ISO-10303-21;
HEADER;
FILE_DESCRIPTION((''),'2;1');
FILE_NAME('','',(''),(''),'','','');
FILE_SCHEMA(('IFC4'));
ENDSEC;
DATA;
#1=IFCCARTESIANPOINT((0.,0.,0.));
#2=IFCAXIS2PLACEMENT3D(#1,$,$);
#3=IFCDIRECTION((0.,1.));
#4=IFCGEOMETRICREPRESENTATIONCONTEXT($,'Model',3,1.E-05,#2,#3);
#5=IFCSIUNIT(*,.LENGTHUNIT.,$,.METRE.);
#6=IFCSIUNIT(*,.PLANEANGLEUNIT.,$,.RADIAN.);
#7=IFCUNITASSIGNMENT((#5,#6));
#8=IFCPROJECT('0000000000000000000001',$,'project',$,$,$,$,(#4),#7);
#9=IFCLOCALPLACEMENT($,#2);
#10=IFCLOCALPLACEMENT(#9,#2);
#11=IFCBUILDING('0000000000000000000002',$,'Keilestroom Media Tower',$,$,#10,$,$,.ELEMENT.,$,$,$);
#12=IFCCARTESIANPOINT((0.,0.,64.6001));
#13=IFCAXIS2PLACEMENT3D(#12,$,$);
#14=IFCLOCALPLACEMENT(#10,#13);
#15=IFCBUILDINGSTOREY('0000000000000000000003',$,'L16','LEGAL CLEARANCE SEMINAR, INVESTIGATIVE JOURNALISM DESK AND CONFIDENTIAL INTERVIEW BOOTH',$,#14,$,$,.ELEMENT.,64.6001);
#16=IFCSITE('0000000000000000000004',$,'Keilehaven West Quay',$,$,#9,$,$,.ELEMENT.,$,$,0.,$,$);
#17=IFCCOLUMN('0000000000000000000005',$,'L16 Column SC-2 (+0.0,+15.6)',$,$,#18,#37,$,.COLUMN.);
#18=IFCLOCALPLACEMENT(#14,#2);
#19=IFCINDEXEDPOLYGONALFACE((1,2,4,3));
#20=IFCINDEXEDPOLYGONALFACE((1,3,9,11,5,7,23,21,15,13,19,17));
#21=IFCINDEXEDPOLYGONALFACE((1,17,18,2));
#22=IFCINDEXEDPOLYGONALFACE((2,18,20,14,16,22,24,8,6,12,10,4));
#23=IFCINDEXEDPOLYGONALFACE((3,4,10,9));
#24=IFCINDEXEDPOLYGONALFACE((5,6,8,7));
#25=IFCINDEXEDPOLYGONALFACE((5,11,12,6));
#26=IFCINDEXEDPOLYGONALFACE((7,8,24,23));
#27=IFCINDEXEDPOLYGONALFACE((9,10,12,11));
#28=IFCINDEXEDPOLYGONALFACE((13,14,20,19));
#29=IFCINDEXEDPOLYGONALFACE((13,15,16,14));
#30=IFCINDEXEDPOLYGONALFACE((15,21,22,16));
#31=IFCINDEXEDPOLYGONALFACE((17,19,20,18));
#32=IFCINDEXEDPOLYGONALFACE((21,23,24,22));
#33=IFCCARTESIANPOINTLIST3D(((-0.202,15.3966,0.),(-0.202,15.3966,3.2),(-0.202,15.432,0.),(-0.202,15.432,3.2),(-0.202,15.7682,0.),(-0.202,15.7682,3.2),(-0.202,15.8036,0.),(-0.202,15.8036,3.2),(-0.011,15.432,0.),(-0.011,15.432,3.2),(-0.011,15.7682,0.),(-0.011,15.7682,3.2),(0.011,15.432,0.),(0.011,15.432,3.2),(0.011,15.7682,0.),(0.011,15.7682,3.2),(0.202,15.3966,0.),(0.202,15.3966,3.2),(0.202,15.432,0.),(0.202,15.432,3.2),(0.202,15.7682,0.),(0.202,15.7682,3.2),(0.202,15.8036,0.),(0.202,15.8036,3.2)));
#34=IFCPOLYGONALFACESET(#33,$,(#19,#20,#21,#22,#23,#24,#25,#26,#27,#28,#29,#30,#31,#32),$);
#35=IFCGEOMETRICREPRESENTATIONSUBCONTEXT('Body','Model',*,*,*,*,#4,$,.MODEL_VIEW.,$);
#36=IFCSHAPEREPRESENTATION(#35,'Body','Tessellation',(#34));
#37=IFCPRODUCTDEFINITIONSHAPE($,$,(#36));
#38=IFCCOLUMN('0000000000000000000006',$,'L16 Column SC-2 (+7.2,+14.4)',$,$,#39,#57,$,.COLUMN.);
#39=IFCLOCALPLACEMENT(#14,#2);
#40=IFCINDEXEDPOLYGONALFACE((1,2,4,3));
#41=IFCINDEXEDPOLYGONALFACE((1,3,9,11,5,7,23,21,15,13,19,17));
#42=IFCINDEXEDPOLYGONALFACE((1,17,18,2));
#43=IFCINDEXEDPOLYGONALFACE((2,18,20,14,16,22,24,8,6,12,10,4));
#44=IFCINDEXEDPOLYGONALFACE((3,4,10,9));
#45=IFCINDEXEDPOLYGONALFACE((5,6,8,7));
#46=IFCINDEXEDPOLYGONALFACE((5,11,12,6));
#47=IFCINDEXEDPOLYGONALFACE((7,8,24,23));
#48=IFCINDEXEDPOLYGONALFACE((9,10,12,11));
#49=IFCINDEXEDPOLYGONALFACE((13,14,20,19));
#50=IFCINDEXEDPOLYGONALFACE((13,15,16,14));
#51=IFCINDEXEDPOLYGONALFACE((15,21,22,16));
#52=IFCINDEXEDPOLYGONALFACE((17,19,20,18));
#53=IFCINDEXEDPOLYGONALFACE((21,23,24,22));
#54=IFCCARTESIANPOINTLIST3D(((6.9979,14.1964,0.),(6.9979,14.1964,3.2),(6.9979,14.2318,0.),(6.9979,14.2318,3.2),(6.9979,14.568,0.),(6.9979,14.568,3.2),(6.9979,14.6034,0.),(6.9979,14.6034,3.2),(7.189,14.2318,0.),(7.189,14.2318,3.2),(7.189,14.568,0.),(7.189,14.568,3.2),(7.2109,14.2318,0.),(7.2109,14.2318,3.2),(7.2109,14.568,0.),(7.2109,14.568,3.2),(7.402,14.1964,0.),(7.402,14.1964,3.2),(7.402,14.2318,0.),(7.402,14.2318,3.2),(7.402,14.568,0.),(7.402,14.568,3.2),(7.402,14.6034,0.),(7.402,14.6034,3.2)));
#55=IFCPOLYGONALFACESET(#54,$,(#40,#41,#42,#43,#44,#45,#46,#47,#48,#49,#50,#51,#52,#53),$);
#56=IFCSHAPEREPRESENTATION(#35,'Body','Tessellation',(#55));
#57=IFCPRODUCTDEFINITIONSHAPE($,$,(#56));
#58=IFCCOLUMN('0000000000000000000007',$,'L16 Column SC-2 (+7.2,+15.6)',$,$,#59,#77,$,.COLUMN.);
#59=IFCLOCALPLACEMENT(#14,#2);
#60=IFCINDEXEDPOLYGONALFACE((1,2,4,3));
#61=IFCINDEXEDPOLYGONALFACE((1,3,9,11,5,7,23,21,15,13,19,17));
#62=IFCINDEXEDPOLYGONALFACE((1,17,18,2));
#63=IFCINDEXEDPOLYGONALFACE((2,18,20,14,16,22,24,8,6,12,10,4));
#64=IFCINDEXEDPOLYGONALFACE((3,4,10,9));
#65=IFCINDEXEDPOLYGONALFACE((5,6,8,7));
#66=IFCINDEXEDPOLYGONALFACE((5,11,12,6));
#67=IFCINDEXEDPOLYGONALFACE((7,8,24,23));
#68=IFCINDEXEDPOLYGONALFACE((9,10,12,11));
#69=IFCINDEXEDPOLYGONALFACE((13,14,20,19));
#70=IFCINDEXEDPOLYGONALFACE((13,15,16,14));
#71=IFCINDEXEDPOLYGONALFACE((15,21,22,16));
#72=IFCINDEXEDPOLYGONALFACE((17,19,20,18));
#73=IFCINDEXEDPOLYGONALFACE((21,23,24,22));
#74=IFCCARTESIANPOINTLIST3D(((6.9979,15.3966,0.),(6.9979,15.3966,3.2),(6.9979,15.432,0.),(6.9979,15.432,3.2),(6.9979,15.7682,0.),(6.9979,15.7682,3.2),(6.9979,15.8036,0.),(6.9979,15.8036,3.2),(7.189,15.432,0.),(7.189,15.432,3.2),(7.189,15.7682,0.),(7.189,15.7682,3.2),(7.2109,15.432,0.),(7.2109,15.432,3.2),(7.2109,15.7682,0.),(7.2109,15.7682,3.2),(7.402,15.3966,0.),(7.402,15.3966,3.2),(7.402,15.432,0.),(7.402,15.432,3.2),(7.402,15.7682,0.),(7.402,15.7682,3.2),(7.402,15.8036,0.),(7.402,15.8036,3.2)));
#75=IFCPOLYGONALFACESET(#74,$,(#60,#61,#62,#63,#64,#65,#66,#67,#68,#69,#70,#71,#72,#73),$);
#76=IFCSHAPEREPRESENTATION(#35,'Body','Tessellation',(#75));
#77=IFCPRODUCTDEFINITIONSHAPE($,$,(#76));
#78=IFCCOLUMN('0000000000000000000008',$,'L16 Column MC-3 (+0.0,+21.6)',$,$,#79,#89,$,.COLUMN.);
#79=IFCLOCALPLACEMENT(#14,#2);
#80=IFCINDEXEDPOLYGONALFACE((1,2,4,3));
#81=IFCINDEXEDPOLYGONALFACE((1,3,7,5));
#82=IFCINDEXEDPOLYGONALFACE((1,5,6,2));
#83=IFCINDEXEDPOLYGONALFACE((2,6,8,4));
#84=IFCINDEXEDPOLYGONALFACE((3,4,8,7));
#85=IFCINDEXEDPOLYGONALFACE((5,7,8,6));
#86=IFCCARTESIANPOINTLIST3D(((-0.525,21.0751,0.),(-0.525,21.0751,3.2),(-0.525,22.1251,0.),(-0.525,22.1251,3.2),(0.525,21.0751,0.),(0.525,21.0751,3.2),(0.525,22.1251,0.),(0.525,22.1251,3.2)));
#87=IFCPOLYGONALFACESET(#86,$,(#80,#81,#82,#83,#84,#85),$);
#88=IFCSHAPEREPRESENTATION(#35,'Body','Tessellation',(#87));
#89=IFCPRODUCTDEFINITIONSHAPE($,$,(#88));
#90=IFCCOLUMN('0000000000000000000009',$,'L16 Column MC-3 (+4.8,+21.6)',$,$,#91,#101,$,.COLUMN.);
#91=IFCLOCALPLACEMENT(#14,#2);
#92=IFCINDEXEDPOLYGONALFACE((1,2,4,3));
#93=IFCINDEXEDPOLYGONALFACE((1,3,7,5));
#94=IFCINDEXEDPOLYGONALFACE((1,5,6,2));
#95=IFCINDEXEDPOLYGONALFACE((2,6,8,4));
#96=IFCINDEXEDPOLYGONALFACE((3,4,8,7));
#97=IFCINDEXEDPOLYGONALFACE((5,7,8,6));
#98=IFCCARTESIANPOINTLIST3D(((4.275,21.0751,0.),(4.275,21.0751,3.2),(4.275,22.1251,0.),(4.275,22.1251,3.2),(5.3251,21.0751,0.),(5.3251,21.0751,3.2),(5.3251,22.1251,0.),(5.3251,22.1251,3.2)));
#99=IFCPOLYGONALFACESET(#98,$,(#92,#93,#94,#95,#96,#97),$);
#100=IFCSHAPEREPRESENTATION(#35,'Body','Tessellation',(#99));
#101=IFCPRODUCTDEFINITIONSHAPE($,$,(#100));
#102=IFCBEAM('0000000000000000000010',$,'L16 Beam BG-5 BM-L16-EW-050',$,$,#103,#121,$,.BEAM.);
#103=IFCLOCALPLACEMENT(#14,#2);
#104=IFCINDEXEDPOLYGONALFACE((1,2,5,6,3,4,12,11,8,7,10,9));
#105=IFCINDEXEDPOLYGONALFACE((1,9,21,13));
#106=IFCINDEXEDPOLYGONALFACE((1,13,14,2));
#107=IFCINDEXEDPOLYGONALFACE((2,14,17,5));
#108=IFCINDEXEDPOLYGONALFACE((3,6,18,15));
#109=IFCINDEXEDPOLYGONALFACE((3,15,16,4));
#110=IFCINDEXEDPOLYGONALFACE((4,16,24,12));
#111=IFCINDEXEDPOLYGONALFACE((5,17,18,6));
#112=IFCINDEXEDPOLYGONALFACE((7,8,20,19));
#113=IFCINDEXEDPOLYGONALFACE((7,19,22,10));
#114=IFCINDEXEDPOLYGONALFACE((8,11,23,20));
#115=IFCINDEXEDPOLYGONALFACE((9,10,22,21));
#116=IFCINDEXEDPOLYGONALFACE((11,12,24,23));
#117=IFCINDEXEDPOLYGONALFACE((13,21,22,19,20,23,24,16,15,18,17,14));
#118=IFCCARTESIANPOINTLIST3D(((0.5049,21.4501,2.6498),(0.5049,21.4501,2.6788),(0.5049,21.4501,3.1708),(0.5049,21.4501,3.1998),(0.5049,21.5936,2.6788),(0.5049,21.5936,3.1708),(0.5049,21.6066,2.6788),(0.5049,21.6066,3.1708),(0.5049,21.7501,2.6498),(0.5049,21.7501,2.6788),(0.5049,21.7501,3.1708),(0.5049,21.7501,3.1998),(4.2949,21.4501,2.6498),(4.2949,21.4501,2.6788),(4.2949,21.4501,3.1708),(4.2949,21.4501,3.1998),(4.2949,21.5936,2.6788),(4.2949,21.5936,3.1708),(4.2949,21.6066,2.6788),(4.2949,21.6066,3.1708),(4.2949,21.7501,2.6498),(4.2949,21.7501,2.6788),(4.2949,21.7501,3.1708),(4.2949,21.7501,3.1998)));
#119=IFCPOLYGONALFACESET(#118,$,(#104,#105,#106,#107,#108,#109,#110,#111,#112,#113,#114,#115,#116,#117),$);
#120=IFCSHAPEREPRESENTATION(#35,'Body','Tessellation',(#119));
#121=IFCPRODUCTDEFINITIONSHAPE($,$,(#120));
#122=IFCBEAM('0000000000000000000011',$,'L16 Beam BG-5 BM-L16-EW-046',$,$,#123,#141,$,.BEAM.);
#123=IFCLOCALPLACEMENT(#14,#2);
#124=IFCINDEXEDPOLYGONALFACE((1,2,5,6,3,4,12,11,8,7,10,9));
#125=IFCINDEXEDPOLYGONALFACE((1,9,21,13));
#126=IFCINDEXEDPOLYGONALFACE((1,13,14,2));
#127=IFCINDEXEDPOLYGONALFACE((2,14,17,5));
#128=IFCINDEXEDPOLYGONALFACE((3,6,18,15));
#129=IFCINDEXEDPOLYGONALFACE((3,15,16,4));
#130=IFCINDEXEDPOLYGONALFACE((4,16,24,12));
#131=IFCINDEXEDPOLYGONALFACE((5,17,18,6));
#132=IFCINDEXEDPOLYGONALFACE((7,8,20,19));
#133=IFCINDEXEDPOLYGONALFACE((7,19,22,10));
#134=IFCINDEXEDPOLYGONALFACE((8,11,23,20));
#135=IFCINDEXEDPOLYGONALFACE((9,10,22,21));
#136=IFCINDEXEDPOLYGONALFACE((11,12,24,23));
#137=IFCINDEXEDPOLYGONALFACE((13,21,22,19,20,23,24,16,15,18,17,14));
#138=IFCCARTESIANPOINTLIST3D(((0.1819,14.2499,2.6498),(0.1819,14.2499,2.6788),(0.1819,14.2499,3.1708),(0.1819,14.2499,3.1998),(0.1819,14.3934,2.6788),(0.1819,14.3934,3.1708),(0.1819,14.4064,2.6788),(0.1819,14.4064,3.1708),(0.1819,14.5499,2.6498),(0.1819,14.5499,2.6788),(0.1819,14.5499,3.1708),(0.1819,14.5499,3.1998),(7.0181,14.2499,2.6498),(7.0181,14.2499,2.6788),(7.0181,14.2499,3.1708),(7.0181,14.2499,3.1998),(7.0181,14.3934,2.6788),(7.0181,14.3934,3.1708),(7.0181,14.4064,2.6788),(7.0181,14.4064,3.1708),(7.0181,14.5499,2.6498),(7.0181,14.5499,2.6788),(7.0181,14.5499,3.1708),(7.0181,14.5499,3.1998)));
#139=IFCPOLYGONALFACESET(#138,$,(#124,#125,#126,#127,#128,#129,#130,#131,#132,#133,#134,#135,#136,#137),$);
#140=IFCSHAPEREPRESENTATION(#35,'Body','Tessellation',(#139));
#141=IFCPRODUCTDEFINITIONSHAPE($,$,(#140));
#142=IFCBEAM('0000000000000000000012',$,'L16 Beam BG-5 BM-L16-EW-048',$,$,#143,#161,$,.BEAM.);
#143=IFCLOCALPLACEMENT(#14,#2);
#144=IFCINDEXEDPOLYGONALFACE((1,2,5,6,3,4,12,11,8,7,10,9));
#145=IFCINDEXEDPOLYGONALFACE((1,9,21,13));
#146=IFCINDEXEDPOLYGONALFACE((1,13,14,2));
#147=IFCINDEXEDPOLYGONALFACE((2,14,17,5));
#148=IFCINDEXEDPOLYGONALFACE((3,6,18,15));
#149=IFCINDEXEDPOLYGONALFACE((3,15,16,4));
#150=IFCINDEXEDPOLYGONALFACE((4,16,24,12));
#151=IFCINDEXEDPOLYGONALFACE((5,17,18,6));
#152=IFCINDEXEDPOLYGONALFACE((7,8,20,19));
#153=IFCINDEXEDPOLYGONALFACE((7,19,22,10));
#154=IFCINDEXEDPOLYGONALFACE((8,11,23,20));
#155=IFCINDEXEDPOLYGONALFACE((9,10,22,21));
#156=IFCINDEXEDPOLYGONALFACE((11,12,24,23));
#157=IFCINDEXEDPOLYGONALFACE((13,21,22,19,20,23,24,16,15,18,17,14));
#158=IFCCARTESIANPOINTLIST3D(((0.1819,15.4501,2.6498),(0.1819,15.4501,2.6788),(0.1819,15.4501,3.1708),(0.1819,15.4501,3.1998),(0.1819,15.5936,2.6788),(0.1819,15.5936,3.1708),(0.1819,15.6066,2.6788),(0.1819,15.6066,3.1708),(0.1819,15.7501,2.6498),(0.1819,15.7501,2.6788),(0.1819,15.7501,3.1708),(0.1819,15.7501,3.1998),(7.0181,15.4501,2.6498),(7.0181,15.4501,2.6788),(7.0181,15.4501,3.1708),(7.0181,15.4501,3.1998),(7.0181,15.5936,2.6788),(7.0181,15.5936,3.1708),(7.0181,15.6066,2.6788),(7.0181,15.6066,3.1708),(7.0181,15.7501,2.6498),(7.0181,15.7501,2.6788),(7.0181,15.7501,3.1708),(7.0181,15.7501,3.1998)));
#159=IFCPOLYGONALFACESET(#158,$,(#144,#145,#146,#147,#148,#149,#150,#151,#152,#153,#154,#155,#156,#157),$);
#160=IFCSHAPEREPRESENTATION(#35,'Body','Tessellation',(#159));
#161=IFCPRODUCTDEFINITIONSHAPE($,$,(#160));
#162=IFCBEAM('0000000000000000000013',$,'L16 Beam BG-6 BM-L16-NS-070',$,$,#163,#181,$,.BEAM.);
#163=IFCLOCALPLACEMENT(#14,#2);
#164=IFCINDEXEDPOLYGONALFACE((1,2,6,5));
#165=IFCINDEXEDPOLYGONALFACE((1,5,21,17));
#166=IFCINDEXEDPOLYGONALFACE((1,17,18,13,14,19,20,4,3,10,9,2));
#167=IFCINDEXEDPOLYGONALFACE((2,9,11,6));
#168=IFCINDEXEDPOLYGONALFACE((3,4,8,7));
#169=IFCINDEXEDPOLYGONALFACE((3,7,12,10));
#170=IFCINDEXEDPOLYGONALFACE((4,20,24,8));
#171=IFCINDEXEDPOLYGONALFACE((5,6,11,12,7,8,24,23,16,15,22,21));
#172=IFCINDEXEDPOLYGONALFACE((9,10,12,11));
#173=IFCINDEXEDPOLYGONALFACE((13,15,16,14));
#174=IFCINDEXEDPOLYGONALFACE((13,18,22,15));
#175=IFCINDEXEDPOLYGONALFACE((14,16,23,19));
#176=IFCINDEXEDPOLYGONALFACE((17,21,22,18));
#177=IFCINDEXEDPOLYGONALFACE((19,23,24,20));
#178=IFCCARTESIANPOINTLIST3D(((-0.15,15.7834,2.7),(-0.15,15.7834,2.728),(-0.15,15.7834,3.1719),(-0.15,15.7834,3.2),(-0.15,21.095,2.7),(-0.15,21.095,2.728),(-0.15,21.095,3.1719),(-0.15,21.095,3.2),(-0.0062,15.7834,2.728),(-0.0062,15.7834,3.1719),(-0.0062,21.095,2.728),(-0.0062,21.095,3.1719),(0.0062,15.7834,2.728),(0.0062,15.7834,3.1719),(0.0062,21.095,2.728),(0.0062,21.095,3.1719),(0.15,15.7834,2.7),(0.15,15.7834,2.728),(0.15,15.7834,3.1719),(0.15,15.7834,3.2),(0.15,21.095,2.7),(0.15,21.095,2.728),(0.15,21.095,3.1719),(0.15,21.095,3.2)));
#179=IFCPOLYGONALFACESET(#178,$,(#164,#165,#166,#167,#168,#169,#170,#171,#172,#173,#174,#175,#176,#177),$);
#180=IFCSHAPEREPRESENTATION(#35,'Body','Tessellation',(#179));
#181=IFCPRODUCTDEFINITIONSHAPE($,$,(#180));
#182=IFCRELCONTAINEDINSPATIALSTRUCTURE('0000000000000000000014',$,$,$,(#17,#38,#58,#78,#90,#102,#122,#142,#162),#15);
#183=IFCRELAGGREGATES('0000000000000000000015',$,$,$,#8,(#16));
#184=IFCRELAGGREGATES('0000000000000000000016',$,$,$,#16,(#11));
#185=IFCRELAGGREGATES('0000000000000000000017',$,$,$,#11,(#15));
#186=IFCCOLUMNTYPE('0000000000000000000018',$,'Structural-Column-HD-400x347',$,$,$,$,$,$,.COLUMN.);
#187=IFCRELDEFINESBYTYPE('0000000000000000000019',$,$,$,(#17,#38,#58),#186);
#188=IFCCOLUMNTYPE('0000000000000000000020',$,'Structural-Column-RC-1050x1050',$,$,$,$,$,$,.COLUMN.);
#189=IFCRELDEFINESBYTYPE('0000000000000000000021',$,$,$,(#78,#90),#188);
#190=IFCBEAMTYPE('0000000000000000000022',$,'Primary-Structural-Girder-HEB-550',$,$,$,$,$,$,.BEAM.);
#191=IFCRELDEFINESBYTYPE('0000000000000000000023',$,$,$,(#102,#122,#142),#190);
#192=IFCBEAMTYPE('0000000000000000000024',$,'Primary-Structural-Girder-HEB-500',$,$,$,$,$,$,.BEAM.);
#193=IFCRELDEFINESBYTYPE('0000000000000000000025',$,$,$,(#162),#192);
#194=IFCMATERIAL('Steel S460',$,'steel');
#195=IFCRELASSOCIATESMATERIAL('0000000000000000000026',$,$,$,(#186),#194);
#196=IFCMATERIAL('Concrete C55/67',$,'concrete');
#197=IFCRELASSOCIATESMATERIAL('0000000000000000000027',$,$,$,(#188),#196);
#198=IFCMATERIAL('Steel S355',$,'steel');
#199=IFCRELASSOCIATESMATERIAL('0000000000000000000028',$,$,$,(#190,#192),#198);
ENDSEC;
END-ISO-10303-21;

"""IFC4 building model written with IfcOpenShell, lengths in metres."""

from ifc_helpers import new_model, si_unit, direction, frame, origin, origin_2d, place, context, subcontext, project, spatial, rectangle, i_section, extrude, source, transform, mapped, material, material_profile, profile_set, type_object, element, save


model = new_model("IFC4")

# Units and contexts
model_context = context("Model", 3, precision=1e-05, world=origin(), true_north=direction((0.0, 1.0)))
body_context = subcontext(model_context, "Body", "Model", "MODEL_VIEW")
ifc_project = project(units=[si_unit("LENGTHUNIT", "METRE"), si_unit("PLANEANGLEUNIT", "RADIAN")], contexts=[model_context])

# Site, building, storey
site_placement = place(None, origin())
site = spatial("IfcSite", under=ifc_project, at=site_placement, Name="Keilehaven West Quay", CompositionType="ELEMENT", RefElevation=0.0)
building_placement = place(site_placement, origin())
building = spatial("IfcBuilding", under=site, at=building_placement, Name="Keilestroom Media Tower", CompositionType="ELEMENT")
storey_placement = place(building_placement, frame((0.0, 0.0, 64.6001)))
storey = spatial("IfcBuildingStorey", under=building, at=storey_placement, Name="L16", Description="LEGAL CLEARANCE SEMINAR, INVESTIGATIVE JOURNALISM DESK AND CONFIDENTIAL INTERVIEW BOOTH", CompositionType="ELEMENT", Elevation=64.6001)

# Columns
ifc_material_1 = material(Name="Steel S460", Category="steel")
ifc_material_profile_1 = material_profile(ifc_material_1, i_section(OverallWidth=0.4041, OverallDepth=0.407, WebThickness=0.022, FlangeThickness=0.0354, at=origin_2d()), Name="HD 400x347")
ifc_profile_set_1 = profile_set([ifc_material_profile_1], Name="Steel S460")
column_type_1 = type_object("IfcColumnType", Name="Structural-Column-HD-400x347", PredefinedType="COLUMN", material=ifc_profile_set_1)
shared_shape_1 = source(origin(), body_context, "Body", "SweptSolid", [
    extrude(i_section(OverallWidth=0.4041, OverallDepth=0.407, WebThickness=0.022, FlangeThickness=0.0354, at=origin_2d()), origin(), (0.0, 0.0, 1.0), 3.2),
])
for number, where, z_axis, x_axis, name in (
    (1, (0.0, 15.6001, 0.0), (0.0, 0.0, 1.0), (1.0, 0.0, 0.0), "L16 Column SC-2 (+0.0,+15.6)"),
    (2, (7.2, 14.3999, 0.0), (0.0, 0.0, 1.0), (1.0, 0.0, 0.0), "L16 Column SC-2 (+7.2,+14.4)"),
    (3, (7.2, 15.6001, 0.0), (0.0, 0.0, 1.0), (1.0, 0.0, 0.0), "L16 Column SC-2 (+7.2,+15.6)"),
):
    element("IfcColumn", number, at=place(storey_placement, frame(where, z_axis=z_axis, x_axis=x_axis)), inside=storey, type_object=column_type_1, Name=name, PredefinedType="COLUMN", context=body_context, shape_type="MappedRepresentation", body=[
        mapped(shared_shape_1, transform((0.0, 0.0, 0.0), x_axis=(1.0, 0.0, 0.0), y_axis=(0.0, 1.0, 0.0), z_axis=(0.0, 0.0, 1.0), scale=1.0)),
    ])
ifc_material_2 = material(Name="Concrete C55/67", Category="concrete")
ifc_material_profile_2 = material_profile(ifc_material_2, rectangle(XDim=1.05, YDim=1.05, at=origin_2d()), Name="RC 1050x1050")
ifc_profile_set_2 = profile_set([ifc_material_profile_2], Name="Concrete C55/67")
column_type_2 = type_object("IfcColumnType", Name="Structural-Column-RC-1050x1050", PredefinedType="COLUMN", material=ifc_profile_set_2)
shared_shape_2 = source(origin(), body_context, "Body", "SweptSolid", [
    extrude(rectangle(XDim=1.05, YDim=1.05, at=origin_2d()), origin(), (0.0, 0.0, 1.0), 3.2),
])
for number, where, z_axis, x_axis, name in (
    (4, (0.0, 21.6001, 0.0), (0.0, 0.0, 1.0), (1.0, 0.0, 0.0), "L16 Column MC-3 (+0.0,+21.6)"),
    (5, (4.8, 21.6001, 0.0), (0.0, 0.0, 1.0), (1.0, 0.0, 0.0), "L16 Column MC-3 (+4.8,+21.6)"),
):
    element("IfcColumn", number, at=place(storey_placement, frame(where, z_axis=z_axis, x_axis=x_axis)), inside=storey, type_object=column_type_2, Name=name, PredefinedType="COLUMN", context=body_context, shape_type="MappedRepresentation", body=[
        mapped(shared_shape_2, transform((0.0, 0.0, 0.0), x_axis=(1.0, 0.0, 0.0), y_axis=(0.0, 1.0, 0.0), z_axis=(0.0, 0.0, 1.0), scale=1.0)),
    ])

# Beams
ifc_material_3 = material(Name="Steel S355", Category="steel")
ifc_material_profile_3 = material_profile(ifc_material_3, i_section(OverallWidth=0.3, OverallDepth=0.55, WebThickness=0.0129, FlangeThickness=0.0291, at=origin_2d()), Name="HEB 550")
ifc_profile_set_3 = profile_set([ifc_material_profile_3], Name="Steel S355")
beam_type_1 = type_object("IfcBeamType", Name="Primary-Structural-Girder-HEB-550", PredefinedType="BEAM", material=ifc_profile_set_3)
shared_shape_3 = source(origin(), body_context, "Body", "SweptSolid", [
    extrude(i_section(OverallWidth=0.3, OverallDepth=0.55, WebThickness=0.0129, FlangeThickness=0.0291, at=origin_2d()), origin(), (0.0, 0.0, 1.0), 3.79),
])
beam_1_placement = place(storey_placement, frame((0.5049, 21.6001, 2.9248), z_axis=(1.0, 0.0, 0.0), x_axis=(0.0, 1.0, 0.0)))
element("IfcBeam", 6, at=beam_1_placement, inside=storey, type_object=beam_type_1, Name="L16 Beam BG-5 BM-L16-EW-050", PredefinedType="BEAM", context=body_context, shape_type="MappedRepresentation", body=[
    mapped(shared_shape_3, transform((0.0, 0.0, 0.0), x_axis=(1.0, 0.0, 0.0), y_axis=(0.0, 1.0, 0.0), z_axis=(0.0, 0.0, 1.0), scale=1.0)),
])
shared_shape_4 = source(origin(), body_context, "Body", "SweptSolid", [
    extrude(i_section(OverallWidth=0.3, OverallDepth=0.55, WebThickness=0.0129, FlangeThickness=0.0291, at=origin_2d()), origin(), (0.0, 0.0, 1.0), 6.8362),
])
for number, where, z_axis, x_axis, name in (
    (7, (0.1819, 14.3999, 2.9248), (1.0, 0.0, 0.0), (0.0, 1.0, 0.0), "L16 Beam BG-5 BM-L16-EW-046"),
    (8, (0.1819, 15.6001, 2.9248), (1.0, 0.0, 0.0), (0.0, 1.0, 0.0), "L16 Beam BG-5 BM-L16-EW-048"),
):
    element("IfcBeam", number, at=place(storey_placement, frame(where, z_axis=z_axis, x_axis=x_axis)), inside=storey, type_object=beam_type_1, Name=name, PredefinedType="BEAM", context=body_context, shape_type="MappedRepresentation", body=[
        mapped(shared_shape_4, transform((0.0, 0.0, 0.0), x_axis=(1.0, 0.0, 0.0), y_axis=(0.0, 1.0, 0.0), z_axis=(0.0, 0.0, 1.0), scale=1.0)),
    ])
ifc_material_profile_4 = material_profile(ifc_material_3, i_section(OverallWidth=0.3, OverallDepth=0.5, WebThickness=0.0125, FlangeThickness=0.0281, at=origin_2d()), Name="HEB 500")
ifc_profile_set_4 = profile_set([ifc_material_profile_4], Name="Steel S355")
beam_type_2 = type_object("IfcBeamType", Name="Primary-Structural-Girder-HEB-500", PredefinedType="BEAM", material=ifc_profile_set_4)
shared_shape_5 = source(origin(), body_context, "Body", "SweptSolid", [
    extrude(i_section(OverallWidth=0.3, OverallDepth=0.5, WebThickness=0.0125, FlangeThickness=0.0281, at=origin_2d()), origin(), (0.0, 0.0, 1.0), 5.3115),
])
beam_2_placement = place(storey_placement, frame((0.0, 15.7834, 2.95), z_axis=(0.0, 1.0, 0.0), x_axis=(-1.0, 0.0, 0.0)))
element("IfcBeam", 9, at=beam_2_placement, inside=storey, type_object=beam_type_2, Name="L16 Beam BG-6 BM-L16-NS-070", PredefinedType="BEAM", context=body_context, shape_type="MappedRepresentation", body=[
    mapped(shared_shape_5, transform((0.0, 0.0, 0.0), x_axis=(1.0, 0.0, 0.0), y_axis=(0.0, 1.0, 0.0), z_axis=(0.0, 0.0, 1.0), scale=1.0)),
])

save(model, "model.ifc")
